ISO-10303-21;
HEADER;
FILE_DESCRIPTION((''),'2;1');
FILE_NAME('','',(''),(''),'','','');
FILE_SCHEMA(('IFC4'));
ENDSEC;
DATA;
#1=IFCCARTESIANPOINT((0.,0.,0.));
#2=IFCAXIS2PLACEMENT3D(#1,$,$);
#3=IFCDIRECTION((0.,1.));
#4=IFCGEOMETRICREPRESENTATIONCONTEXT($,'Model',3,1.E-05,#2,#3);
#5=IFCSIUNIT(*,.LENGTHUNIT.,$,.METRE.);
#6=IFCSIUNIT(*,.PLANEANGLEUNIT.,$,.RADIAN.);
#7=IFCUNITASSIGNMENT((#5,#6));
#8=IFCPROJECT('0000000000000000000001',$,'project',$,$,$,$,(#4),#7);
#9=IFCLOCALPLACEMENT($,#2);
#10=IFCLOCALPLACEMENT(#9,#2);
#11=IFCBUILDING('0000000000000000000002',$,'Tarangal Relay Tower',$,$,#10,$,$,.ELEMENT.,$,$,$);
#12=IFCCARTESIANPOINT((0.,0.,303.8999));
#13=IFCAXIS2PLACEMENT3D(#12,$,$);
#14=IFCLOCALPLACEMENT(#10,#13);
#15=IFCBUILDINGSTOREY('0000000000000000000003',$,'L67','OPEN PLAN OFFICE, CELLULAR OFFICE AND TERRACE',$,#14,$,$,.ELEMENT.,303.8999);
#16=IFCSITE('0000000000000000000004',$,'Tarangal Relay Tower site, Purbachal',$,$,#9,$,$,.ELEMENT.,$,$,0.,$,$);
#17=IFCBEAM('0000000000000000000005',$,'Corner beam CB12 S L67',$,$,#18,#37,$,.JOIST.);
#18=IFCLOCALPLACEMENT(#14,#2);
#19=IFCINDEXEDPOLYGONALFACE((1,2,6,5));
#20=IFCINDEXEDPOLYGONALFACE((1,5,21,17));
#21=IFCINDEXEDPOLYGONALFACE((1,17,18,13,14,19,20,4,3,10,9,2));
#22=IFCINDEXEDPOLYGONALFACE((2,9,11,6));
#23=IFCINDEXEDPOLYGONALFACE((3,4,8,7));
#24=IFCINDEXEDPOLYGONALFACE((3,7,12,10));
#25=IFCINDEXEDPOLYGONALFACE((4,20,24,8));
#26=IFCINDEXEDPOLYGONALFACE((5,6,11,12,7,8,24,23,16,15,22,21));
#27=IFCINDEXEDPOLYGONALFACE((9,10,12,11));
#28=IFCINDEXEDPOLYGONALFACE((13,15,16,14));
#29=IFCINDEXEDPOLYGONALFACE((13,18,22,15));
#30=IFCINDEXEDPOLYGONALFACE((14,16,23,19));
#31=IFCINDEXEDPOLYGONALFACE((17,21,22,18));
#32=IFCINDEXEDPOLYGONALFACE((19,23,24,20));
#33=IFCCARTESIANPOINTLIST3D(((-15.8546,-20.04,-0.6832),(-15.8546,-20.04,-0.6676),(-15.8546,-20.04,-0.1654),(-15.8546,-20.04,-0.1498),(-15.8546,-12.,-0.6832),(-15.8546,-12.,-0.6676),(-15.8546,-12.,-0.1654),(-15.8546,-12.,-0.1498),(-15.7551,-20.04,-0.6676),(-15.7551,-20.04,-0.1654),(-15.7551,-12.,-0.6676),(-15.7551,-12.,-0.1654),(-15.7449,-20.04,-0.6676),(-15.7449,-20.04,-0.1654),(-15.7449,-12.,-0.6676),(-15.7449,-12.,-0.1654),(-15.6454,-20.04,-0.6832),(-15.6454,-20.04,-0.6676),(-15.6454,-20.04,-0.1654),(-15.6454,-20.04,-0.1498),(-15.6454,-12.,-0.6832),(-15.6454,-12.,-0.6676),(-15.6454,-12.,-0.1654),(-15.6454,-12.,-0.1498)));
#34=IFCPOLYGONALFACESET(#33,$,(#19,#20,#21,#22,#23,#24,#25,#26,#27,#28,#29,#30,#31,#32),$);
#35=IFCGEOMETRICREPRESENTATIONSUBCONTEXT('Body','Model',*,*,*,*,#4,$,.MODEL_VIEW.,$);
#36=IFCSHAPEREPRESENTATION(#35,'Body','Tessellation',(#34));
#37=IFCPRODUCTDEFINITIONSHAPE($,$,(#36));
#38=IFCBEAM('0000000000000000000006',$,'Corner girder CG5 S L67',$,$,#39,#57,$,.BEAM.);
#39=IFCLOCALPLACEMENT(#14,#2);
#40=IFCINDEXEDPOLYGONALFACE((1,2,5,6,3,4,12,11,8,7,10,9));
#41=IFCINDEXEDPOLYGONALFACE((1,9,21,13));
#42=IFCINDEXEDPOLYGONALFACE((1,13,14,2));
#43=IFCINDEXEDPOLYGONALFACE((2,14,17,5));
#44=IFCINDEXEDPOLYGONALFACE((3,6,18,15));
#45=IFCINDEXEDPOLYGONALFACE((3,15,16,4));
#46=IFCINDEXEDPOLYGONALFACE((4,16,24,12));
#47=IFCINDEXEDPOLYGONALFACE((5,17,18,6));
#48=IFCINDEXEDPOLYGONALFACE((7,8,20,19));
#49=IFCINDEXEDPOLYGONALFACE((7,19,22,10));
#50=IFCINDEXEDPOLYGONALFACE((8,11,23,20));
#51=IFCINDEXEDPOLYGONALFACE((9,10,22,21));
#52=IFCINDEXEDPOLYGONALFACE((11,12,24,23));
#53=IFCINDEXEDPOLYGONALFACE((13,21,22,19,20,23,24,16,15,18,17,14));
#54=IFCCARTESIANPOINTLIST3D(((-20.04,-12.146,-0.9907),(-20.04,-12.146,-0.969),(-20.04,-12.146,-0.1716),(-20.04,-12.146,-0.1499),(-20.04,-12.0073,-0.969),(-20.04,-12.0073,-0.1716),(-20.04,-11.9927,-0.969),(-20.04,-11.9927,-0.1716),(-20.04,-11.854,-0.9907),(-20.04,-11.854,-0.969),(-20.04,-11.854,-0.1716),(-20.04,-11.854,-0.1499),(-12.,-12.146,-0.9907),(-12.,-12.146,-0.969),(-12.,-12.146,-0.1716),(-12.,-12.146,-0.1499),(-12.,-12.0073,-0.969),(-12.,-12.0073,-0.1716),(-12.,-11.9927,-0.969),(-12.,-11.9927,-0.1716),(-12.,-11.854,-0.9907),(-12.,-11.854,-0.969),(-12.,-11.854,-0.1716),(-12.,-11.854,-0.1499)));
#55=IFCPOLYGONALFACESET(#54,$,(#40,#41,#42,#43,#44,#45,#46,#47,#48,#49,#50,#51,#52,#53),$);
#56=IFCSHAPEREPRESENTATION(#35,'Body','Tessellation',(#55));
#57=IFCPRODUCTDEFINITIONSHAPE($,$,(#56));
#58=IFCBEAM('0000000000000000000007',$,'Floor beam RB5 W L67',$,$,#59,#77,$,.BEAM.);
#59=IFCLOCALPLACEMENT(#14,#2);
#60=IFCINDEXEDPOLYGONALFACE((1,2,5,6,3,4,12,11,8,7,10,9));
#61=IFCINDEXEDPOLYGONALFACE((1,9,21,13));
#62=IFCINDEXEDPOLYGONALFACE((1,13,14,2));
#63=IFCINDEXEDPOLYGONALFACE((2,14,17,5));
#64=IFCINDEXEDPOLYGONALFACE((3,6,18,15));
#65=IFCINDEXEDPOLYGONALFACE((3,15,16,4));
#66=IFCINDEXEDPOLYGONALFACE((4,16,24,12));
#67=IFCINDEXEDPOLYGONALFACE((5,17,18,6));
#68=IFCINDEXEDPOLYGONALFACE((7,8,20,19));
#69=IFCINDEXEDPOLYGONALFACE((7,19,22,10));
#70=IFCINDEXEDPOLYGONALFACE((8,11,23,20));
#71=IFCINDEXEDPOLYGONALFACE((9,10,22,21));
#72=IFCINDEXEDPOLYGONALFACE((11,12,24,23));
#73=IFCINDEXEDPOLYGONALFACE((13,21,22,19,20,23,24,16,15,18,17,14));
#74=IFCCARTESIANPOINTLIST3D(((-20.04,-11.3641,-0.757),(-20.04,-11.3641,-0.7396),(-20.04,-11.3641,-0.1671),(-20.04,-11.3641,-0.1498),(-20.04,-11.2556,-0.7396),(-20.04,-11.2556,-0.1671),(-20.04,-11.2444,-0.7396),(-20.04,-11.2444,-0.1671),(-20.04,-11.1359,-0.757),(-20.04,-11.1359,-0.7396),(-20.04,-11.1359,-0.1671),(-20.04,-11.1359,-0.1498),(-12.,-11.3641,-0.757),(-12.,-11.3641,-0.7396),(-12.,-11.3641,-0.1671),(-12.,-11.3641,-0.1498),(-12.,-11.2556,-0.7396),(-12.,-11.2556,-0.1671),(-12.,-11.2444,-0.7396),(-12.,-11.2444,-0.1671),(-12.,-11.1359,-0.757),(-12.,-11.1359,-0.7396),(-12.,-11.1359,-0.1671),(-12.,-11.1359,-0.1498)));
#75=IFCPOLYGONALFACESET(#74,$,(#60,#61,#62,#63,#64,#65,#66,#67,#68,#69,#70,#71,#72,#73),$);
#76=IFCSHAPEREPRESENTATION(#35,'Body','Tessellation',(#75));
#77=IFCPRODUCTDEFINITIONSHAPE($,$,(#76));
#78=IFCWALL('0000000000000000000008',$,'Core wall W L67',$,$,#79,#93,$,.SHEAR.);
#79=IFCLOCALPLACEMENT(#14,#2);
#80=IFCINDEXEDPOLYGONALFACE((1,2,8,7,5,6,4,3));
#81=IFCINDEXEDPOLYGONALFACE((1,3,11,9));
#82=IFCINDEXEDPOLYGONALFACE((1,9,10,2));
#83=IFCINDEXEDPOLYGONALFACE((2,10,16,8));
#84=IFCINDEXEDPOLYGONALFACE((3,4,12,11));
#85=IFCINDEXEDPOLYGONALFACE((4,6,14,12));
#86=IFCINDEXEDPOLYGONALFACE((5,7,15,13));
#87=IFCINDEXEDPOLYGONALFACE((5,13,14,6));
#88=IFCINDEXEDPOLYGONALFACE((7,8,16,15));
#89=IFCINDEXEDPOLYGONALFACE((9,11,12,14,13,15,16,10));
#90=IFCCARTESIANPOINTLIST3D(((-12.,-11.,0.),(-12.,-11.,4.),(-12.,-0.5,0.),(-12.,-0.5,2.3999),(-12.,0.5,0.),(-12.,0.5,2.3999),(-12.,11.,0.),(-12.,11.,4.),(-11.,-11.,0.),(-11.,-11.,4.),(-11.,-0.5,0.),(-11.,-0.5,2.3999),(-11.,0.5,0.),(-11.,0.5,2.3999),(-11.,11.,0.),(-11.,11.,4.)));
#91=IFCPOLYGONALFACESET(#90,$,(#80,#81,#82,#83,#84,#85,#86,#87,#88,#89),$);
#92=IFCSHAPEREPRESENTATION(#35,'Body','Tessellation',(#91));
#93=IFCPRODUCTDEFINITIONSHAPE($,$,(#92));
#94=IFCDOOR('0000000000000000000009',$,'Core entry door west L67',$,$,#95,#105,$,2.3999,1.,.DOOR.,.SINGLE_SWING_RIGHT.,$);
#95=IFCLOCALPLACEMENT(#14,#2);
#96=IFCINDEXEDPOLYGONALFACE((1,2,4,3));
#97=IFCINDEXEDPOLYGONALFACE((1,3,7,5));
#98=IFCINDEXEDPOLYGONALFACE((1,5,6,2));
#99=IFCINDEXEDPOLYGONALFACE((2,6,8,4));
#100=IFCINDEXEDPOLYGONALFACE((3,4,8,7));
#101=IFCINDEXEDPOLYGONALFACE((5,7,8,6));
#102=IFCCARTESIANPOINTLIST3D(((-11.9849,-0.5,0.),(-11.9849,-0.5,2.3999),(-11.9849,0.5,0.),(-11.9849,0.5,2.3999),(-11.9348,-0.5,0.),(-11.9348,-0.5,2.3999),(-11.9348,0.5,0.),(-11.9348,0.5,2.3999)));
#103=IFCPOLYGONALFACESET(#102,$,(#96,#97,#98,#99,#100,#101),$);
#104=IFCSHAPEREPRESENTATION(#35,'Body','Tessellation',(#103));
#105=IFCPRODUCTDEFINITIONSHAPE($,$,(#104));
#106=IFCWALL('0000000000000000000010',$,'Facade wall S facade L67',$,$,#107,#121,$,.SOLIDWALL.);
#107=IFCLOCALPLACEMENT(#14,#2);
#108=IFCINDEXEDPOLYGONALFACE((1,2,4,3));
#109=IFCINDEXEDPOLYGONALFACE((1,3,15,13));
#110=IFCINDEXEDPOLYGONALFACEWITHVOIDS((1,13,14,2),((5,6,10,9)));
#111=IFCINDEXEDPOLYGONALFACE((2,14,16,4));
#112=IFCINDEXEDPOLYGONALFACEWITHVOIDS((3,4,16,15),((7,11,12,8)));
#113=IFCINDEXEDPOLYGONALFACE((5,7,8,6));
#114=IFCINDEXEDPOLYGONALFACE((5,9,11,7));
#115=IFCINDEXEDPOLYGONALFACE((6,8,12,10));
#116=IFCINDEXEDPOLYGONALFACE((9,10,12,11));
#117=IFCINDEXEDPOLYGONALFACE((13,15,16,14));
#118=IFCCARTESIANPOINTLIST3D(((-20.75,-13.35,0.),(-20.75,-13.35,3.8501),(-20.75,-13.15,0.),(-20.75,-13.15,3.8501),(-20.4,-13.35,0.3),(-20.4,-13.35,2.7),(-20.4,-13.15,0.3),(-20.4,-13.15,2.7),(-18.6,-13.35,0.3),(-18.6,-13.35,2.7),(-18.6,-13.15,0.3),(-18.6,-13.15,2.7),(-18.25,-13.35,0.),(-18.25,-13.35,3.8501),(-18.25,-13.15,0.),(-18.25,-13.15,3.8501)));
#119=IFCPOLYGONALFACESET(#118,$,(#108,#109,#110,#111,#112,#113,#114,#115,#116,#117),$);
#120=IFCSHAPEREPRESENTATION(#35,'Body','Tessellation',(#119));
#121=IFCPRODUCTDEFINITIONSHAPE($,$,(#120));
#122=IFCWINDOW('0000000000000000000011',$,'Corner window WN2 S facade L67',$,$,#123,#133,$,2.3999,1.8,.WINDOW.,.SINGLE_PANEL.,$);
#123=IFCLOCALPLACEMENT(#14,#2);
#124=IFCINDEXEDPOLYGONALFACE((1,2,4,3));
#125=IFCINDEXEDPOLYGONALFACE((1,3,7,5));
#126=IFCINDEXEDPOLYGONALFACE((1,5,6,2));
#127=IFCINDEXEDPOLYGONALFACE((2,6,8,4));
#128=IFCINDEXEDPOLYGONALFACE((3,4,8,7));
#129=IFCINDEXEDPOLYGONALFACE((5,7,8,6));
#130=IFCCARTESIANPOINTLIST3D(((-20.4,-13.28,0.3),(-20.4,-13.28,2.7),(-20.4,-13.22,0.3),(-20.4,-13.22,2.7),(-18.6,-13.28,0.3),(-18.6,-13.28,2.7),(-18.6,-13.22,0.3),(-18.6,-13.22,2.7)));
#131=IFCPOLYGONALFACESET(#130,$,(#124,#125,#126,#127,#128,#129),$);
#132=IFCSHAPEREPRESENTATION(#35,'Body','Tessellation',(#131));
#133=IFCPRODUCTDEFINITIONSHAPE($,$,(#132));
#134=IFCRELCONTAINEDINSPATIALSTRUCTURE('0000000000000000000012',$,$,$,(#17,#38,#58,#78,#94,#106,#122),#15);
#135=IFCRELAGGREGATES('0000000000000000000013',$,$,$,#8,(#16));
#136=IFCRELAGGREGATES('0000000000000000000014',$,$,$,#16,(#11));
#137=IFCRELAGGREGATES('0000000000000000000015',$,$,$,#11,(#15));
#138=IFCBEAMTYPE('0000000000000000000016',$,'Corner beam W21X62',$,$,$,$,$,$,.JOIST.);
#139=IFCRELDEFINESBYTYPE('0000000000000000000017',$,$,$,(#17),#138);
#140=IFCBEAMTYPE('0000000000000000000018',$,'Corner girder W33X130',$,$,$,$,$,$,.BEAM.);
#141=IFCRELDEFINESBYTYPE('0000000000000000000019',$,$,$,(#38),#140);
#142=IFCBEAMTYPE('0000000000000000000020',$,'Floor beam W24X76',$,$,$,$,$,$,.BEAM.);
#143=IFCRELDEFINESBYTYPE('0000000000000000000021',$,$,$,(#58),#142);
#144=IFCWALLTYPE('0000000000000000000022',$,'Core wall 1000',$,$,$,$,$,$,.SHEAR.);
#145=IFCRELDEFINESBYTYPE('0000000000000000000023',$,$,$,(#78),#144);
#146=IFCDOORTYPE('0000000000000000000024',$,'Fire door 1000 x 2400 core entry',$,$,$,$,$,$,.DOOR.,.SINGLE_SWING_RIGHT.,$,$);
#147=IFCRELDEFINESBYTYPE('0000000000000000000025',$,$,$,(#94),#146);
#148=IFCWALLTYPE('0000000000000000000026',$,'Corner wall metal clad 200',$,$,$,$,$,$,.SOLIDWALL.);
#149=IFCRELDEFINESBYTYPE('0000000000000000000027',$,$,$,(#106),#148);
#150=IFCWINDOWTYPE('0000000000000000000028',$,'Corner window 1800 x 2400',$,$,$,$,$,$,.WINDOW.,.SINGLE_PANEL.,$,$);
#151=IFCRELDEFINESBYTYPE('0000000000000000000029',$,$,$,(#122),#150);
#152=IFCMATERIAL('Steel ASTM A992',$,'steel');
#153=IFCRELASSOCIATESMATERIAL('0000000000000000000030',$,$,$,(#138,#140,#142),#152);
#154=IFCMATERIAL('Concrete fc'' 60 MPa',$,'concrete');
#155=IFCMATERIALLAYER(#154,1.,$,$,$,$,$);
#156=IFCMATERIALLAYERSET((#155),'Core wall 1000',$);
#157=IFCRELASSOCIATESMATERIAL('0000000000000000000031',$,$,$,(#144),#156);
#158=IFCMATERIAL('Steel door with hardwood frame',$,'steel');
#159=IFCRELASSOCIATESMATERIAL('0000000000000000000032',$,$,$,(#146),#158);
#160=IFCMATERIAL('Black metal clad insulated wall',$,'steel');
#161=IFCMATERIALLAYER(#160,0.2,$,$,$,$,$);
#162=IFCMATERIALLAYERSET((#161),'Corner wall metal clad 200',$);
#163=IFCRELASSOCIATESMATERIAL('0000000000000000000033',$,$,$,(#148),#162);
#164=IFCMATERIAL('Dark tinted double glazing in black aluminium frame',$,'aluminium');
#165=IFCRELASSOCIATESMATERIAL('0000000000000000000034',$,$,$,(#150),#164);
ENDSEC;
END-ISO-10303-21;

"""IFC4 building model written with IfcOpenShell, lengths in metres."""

from ifc_helpers import new_model, si_unit, direction, frame, frame_2d, origin, origin_2d, place, context, subcontext, project, spatial, rectangle, i_section, extrude, material, layer, layer_set, material_profile, profile_set, type_object, element, fill, save


model = new_model("IFC4")

# Units and contexts
model_context = context("Model", 3, precision=1e-05, world=origin(), true_north=direction((0.0, 1.0)))
body_context = subcontext(model_context, "Body", "Model", "MODEL_VIEW")
ifc_project = project(units=[si_unit("LENGTHUNIT", "METRE"), si_unit("PLANEANGLEUNIT", "RADIAN")], contexts=[model_context])

# Site, building, storey
site_placement = place(None, origin())
site = spatial("IfcSite", under=ifc_project, at=site_placement, Name="Tarangal Relay Tower site, Purbachal", CompositionType="ELEMENT", RefElevation=0.0)
building_placement = place(site_placement, origin())
building = spatial("IfcBuilding", under=site, at=building_placement, Name="Tarangal Relay Tower", CompositionType="ELEMENT")
storey_placement = place(building_placement, frame((0.0, 0.0, 303.8999)))
storey = spatial("IfcBuildingStorey", under=building, at=storey_placement, Name="L67", Description="OPEN PLAN OFFICE, CELLULAR OFFICE AND TERRACE", CompositionType="ELEMENT", Elevation=303.8999)

# Beams
ifc_material_1 = material(Name="Steel ASTM A992", Category="steel")
ifc_material_profile_1 = material_profile(ifc_material_1, i_section(OverallWidth=0.2092, OverallDepth=0.5334, WebThickness=0.0103, FlangeThickness=0.0156, at=origin_2d()), Name="W21X62")
ifc_profile_set_1 = profile_set([ifc_material_profile_1], Name="Steel ASTM A992")
beam_type_1 = type_object("IfcBeamType", Name="Corner beam W21X62", PredefinedType="JOIST", material=ifc_profile_set_1)
beam_1_placement = place(storey_placement, frame((-15.75, -12.0, -0.4165), z_axis=(0.0, -1.0, 0.0), x_axis=(1.0, 0.0, 0.0)))
element("IfcBeam", 1, at=beam_1_placement, inside=storey, type_object=beam_type_1, Name="Corner beam CB12 S L67", PredefinedType="JOIST", context=body_context, shape_type="SweptSolid", body=[
    extrude(i_section(OverallWidth=0.2092, OverallDepth=0.5334, WebThickness=0.0103, FlangeThickness=0.0156, at=origin_2d()), origin(), (0.0, 0.0, 1.0), 8.04),
])
ifc_material_profile_2 = material_profile(ifc_material_1, i_section(OverallWidth=0.292, OverallDepth=0.8408, WebThickness=0.0146, FlangeThickness=0.0217, at=origin_2d()), Name="W33X130")
ifc_profile_set_2 = profile_set([ifc_material_profile_2], Name="Steel ASTM A992")
beam_type_2 = type_object("IfcBeamType", Name="Corner girder W33X130", PredefinedType="BEAM", material=ifc_profile_set_2)
beam_2_placement = place(storey_placement, frame((-12.0, -12.0, -0.5703), z_axis=(-1.0, 0.0, 0.0), x_axis=(0.0, -1.0, 0.0)))
element("IfcBeam", 2, at=beam_2_placement, inside=storey, type_object=beam_type_2, Name="Corner girder CG5 S L67", PredefinedType="BEAM", context=body_context, shape_type="SweptSolid", body=[
    extrude(i_section(OverallWidth=0.292, OverallDepth=0.8408, WebThickness=0.0146, FlangeThickness=0.0217, at=origin_2d()), origin(), (0.0, 0.0, 1.0), 8.04),
])
ifc_material_profile_3 = material_profile(ifc_material_1, i_section(OverallWidth=0.2283, OverallDepth=0.6072, WebThickness=0.0112, FlangeThickness=0.0173, at=origin_2d()), Name="W24X76")
ifc_profile_set_3 = profile_set([ifc_material_profile_3], Name="Steel ASTM A992")
beam_type_3 = type_object("IfcBeamType", Name="Floor beam W24X76", PredefinedType="BEAM", material=ifc_profile_set_3)
beam_3_placement = place(storey_placement, frame((-12.0, -11.25, -0.4534), z_axis=(-1.0, 0.0, 0.0), x_axis=(0.0, -1.0, 0.0)))
element("IfcBeam", 3, at=beam_3_placement, inside=storey, type_object=beam_type_3, Name="Floor beam RB5 W L67", PredefinedType="BEAM", context=body_context, shape_type="SweptSolid", body=[
    extrude(i_section(OverallWidth=0.2283, OverallDepth=0.6072, WebThickness=0.0112, FlangeThickness=0.0173, at=origin_2d()), origin(), (0.0, 0.0, 1.0), 8.04),
])

# Wall, opening, door
ifc_material_2 = material(Name="Concrete fc' 60 MPa", Category="concrete")
ifc_layer_1 = layer(ifc_material_2, 1.0)
ifc_layer_set_1 = layer_set([ifc_layer_1], Name="Core wall 1000")
wall_type_1 = type_object("IfcWallType", Name="Core wall 1000", PredefinedType="SHEAR", material=ifc_layer_set_1)
wall_1_placement = place(storey_placement, frame((-11.5, -11.0, 0.0), z_axis=(0.0, 0.0, 1.0), x_axis=(0.0, 1.0, 0.0)))
wall_1 = element("IfcWall", 4, at=wall_1_placement, inside=storey, type_object=wall_type_1, Name="Core wall W L67", PredefinedType="SHEAR", context=body_context, shape_type="SweptSolid", body=[
    extrude(rectangle(XDim=22.0, YDim=1.0, at=frame_2d((11.0, 0.0))), origin(), (0.0, 0.0, 1.0), 4.0),
])
opening_1_placement = place(wall_1_placement, frame((10.5, 0.0, 0.0)))
opening_1 = element("IfcOpeningElement", 5, at=opening_1_placement, cuts=wall_1, PredefinedType="OPENING", context=body_context, shape_type="SweptSolid", body=[
    extrude(rectangle(XDim=1.0, YDim=2.3999, at=frame_2d((0.5, 1.2))), frame((0.0, 0.51, 0.0), z_axis=(0.0, -1.0, 0.0), x_axis=(1.0, 0.0, 0.0)), (0.0, 0.0, 1.0), 1.02),
])
ifc_material_3 = material(Name="Steel door with hardwood frame", Category="steel")
door_type_1 = type_object("IfcDoorType", Name="Fire door 1000 x 2400 core entry", OperationType="SINGLE_SWING_RIGHT", PredefinedType="DOOR", material=ifc_material_3)
door_1_placement = place(opening_1_placement, origin())
door_1 = element("IfcDoor", 6, at=door_1_placement, inside=storey, type_object=door_type_1, Name="Core entry door west L67", OperationType="SINGLE_SWING_RIGHT", OverallHeight=2.3999, OverallWidth=1.0, PredefinedType="DOOR", context=body_context, shape_type="SweptSolid", body=[
    extrude(rectangle(XDim=1.0, YDim=2.3999, at=frame_2d((0.5, 1.2))), frame((0.0, 0.4849, 0.0), z_axis=(0.0, -1.0, 0.0), x_axis=(1.0, 0.0, 0.0)), (0.0, 0.0, 1.0), 0.05),
])
fill(opening_1, door_1)

# Wall, opening, window
ifc_material_4 = material(Name="Black metal clad insulated wall", Category="steel")
ifc_layer_2 = layer(ifc_material_4, 0.2)
ifc_layer_set_2 = layer_set([ifc_layer_2], Name="Corner wall metal clad 200")
wall_type_2 = type_object("IfcWallType", Name="Corner wall metal clad 200", PredefinedType="SOLIDWALL", material=ifc_layer_set_2)
wall_2_placement = place(storey_placement, frame((-18.25, -13.25, 0.0), z_axis=(0.0, 0.0, 1.0), x_axis=(-1.0, 0.0, 0.0)))
wall_2 = element("IfcWall", 7, at=wall_2_placement, inside=storey, type_object=wall_type_2, Name="Facade wall S facade L67", PredefinedType="SOLIDWALL", context=body_context, shape_type="SweptSolid", body=[
    extrude(rectangle(XDim=2.5, YDim=0.2, at=frame_2d((1.25, 0.0))), origin(), (0.0, 0.0, 1.0), 3.8501),
])
opening_2_placement = place(wall_2_placement, frame((0.3501, 0.0, 0.3)))
opening_2 = element("IfcOpeningElement", 8, at=opening_2_placement, cuts=wall_2, PredefinedType="OPENING", context=body_context, shape_type="SweptSolid", body=[
    extrude(rectangle(XDim=1.8, YDim=2.3999, at=frame_2d((0.8999, 1.2))), frame((0.0, 0.1099, 0.0), z_axis=(0.0, -1.0, 0.0), x_axis=(1.0, 0.0, 0.0)), (0.0, 0.0, 1.0), 0.22),
])
ifc_material_5 = material(Name="Dark tinted double glazing in black aluminium frame", Category="aluminium")
window_type = type_object("IfcWindowType", Name="Corner window 1800 x 2400", PartitioningType="SINGLE_PANEL", PredefinedType="WINDOW", material=ifc_material_5)
window_placement = place(opening_2_placement, origin())
window = element("IfcWindow", 9, at=window_placement, inside=storey, type_object=window_type, Name="Corner window WN2 S facade L67", OverallHeight=2.3999, OverallWidth=1.8, PartitioningType="SINGLE_PANEL", PredefinedType="WINDOW", context=body_context, shape_type="SweptSolid", body=[
    extrude(rectangle(XDim=1.8, YDim=2.3999, at=frame_2d((0.8999, 1.2))), frame((0.0, 0.03, 0.0), z_axis=(0.0, -1.0, 0.0), x_axis=(1.0, 0.0, 0.0)), (0.0, 0.0, 1.0), 0.0601),
])
fill(opening_2, window)

save(model, "model.ifc")
